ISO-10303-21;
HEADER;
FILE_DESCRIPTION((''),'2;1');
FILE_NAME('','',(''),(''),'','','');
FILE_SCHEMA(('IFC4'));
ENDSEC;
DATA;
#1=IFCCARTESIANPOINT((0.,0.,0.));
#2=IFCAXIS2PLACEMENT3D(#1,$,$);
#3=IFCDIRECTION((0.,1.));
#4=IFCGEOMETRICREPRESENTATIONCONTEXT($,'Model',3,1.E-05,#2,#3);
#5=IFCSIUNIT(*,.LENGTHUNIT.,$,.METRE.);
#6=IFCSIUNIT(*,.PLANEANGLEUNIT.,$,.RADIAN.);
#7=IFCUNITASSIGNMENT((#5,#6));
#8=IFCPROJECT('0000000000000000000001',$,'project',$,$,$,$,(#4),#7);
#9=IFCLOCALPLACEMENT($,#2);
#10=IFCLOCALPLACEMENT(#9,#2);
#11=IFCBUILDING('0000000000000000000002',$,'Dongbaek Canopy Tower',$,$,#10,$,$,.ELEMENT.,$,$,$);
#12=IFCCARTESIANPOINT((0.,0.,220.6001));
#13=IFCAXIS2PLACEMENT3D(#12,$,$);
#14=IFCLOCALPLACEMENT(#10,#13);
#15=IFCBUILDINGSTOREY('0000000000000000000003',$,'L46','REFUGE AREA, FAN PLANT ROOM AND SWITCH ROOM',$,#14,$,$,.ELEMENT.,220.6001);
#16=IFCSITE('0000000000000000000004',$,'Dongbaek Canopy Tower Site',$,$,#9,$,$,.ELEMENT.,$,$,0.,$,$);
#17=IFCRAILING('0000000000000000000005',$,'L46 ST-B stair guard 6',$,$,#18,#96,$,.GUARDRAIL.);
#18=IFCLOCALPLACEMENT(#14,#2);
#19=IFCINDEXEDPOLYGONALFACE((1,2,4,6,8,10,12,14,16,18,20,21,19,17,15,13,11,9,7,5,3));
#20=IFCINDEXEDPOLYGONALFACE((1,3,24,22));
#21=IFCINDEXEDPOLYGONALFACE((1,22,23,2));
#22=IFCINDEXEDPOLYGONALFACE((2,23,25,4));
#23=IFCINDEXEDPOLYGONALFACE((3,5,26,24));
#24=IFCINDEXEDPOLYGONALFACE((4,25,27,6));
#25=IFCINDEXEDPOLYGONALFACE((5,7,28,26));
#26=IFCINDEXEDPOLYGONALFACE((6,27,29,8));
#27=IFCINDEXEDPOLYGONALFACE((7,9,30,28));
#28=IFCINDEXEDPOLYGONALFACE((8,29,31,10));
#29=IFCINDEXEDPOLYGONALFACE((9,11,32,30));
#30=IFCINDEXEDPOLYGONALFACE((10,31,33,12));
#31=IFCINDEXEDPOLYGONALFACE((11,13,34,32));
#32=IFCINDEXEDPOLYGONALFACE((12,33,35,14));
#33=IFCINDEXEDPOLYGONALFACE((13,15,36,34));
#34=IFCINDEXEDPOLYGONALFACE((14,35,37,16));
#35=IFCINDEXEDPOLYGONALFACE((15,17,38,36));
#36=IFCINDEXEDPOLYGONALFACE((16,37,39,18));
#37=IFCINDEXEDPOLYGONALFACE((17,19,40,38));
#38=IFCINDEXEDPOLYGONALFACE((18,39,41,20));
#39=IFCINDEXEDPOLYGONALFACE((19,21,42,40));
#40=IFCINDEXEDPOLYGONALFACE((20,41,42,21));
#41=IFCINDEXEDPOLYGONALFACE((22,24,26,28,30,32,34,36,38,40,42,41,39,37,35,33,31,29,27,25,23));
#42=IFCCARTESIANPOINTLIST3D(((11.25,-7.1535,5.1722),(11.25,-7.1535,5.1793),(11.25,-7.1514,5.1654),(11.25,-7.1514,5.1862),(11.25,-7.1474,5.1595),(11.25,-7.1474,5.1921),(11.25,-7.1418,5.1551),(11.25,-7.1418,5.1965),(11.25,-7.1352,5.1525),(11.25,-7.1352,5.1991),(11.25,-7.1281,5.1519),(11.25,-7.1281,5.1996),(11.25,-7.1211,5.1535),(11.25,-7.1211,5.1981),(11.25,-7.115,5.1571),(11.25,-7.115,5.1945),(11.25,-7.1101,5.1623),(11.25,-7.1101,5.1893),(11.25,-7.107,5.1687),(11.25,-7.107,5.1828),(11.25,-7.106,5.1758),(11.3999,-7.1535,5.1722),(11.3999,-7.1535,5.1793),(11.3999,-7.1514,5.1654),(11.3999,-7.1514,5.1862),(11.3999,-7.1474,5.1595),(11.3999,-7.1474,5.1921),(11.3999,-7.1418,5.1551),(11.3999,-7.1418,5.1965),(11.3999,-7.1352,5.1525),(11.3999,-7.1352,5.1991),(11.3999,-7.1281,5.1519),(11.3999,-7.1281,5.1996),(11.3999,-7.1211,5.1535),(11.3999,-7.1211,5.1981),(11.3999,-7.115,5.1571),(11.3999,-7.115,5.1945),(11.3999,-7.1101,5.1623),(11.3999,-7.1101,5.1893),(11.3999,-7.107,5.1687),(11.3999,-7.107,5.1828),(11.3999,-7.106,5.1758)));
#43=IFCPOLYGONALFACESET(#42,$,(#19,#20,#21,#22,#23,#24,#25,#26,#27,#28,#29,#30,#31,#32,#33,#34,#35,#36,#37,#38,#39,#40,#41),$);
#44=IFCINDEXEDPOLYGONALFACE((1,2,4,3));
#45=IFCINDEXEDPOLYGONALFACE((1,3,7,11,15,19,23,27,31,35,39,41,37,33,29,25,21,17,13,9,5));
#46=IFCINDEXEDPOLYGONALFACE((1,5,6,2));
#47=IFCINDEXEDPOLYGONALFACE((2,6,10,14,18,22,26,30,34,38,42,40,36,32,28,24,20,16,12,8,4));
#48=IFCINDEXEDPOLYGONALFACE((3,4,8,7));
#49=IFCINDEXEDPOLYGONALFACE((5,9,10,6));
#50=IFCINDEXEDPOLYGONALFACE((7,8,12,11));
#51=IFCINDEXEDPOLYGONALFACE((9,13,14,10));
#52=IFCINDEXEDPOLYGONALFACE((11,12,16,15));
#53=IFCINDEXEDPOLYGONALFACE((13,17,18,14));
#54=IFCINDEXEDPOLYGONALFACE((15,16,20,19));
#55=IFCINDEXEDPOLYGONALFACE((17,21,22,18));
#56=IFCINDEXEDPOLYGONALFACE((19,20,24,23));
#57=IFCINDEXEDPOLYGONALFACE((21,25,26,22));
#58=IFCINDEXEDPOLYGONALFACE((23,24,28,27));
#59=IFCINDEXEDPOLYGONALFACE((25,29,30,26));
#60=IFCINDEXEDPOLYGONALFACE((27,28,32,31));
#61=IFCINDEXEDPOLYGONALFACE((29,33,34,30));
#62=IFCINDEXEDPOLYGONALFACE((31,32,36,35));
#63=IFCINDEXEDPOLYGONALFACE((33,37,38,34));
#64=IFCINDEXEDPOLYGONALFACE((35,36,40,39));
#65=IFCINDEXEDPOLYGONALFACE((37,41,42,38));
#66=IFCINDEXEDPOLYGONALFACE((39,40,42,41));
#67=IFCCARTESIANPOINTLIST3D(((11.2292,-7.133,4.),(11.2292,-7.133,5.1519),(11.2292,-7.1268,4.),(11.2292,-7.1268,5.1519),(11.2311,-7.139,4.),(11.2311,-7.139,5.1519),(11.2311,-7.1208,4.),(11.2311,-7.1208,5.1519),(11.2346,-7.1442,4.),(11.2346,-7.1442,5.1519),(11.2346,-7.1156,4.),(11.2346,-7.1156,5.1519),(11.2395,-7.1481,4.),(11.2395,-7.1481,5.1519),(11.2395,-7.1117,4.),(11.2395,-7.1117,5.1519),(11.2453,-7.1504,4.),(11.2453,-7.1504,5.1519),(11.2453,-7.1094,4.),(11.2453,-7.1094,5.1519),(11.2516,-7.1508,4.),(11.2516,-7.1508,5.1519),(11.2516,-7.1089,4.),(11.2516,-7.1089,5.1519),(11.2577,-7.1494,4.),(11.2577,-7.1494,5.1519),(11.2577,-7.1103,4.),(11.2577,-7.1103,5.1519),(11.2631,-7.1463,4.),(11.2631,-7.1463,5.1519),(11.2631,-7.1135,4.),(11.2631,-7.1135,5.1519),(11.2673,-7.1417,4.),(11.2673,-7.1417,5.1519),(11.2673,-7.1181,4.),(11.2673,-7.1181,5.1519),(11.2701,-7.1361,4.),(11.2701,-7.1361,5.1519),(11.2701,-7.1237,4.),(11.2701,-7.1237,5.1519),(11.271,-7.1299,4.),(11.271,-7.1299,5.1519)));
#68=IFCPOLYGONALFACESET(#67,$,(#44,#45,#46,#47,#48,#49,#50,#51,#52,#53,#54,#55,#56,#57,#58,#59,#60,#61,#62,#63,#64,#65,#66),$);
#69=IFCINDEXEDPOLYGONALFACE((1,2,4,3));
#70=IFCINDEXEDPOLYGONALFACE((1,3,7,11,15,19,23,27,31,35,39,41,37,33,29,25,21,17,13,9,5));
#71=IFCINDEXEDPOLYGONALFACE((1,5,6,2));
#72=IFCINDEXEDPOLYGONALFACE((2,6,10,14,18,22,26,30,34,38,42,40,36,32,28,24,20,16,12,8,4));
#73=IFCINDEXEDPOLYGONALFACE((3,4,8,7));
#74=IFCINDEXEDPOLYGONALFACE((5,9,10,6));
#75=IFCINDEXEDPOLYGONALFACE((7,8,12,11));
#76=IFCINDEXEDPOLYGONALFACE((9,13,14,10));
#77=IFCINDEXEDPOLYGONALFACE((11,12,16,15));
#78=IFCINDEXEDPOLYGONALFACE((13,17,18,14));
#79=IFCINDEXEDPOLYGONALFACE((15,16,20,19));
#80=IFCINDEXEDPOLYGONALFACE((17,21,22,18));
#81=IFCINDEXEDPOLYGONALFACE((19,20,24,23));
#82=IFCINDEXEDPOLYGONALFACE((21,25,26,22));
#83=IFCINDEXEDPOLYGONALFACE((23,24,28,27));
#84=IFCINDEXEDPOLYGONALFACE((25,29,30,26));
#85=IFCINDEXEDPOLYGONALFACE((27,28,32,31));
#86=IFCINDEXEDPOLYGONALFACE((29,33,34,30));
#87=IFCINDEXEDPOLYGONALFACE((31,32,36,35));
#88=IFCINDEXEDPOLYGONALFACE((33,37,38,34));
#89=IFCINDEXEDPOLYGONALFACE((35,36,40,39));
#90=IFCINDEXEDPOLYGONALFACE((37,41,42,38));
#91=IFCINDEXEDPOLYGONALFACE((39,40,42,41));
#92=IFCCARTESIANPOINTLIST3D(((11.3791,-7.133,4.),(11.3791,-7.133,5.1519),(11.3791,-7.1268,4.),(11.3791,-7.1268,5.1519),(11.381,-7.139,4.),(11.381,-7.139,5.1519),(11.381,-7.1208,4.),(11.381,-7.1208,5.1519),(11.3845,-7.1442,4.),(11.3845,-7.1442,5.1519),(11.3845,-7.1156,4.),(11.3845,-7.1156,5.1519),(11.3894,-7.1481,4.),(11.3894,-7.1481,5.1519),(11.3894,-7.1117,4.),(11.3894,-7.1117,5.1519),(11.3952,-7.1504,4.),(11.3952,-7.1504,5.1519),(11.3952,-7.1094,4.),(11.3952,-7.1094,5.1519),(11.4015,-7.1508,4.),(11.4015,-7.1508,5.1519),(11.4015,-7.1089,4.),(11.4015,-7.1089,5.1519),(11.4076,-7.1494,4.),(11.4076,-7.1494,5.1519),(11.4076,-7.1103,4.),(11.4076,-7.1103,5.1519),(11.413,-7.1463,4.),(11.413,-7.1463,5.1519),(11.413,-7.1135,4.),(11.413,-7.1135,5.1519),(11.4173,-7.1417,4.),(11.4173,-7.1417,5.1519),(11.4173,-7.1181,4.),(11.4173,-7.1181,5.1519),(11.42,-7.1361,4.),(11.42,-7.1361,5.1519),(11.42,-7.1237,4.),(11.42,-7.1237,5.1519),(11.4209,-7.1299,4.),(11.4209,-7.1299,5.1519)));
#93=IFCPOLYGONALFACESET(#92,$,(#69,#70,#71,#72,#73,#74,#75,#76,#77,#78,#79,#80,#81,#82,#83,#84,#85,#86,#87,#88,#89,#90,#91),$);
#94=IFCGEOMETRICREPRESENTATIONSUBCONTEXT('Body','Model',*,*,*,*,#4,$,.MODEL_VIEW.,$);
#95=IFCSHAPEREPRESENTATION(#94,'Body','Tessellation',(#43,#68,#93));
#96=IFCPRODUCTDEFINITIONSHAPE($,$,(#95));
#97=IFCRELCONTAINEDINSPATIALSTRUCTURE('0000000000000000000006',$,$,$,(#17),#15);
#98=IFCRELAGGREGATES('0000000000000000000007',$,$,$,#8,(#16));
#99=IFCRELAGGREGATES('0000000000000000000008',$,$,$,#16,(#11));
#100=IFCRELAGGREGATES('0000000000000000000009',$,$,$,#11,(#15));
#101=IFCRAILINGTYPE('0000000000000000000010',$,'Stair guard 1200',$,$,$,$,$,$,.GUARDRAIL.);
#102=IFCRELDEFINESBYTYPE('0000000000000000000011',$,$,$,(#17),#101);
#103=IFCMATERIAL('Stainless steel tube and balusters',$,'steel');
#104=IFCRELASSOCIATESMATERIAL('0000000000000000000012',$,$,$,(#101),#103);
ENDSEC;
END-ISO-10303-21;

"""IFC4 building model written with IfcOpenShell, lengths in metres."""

from ifc_helpers import new_model, si_unit, direction, frame, origin, origin_2d, place, context, subcontext, project, spatial, circle, extrude, material, type_object, element, save


model = new_model("IFC4")

# Units and contexts
model_context = context("Model", 3, precision=1e-05, world=origin(), true_north=direction((0.0, 1.0)))
body_context = subcontext(model_context, "Body", "Model", "MODEL_VIEW")
ifc_project = project(units=[si_unit("LENGTHUNIT", "METRE"), si_unit("PLANEANGLEUNIT", "RADIAN")], contexts=[model_context])

# Site, building, storey
site_placement = place(None, origin())
site = spatial("IfcSite", under=ifc_project, at=site_placement, Name="Dongbaek Canopy Tower Site", CompositionType="ELEMENT", RefElevation=0.0)
building_placement = place(site_placement, origin())
building = spatial("IfcBuilding", under=site, at=building_placement, Name="Dongbaek Canopy Tower", CompositionType="ELEMENT")
storey_placement = place(building_placement, frame((0.0, 0.0, 220.6001)))
storey = spatial("IfcBuildingStorey", under=building, at=storey_placement, Name="L46", Description="REFUGE AREA, FAN PLANT ROOM AND SWITCH ROOM", CompositionType="ELEMENT", Elevation=220.6001)

# Railing
ifc_material_1 = material(Name="Stainless steel tube and balusters", Category="steel")
railing_type = type_object("IfcRailingType", Name="Stair guard 1200", PredefinedType="GUARDRAIL", material=ifc_material_1)
railing_1_placement = place(storey_placement, frame((11.25, -7.1299, 4.0)))
element("IfcRailing", 1, at=railing_1_placement, inside=storey, type_object=railing_type, Name="L46 ST-B stair guard 6", PredefinedType="GUARDRAIL", context=body_context, shape_type="SweptSolid", body=[
    extrude(circle(Radius=0.0239, at=origin_2d()), frame((0.0, 0.0, 1.1758), z_axis=(1.0, 0.0, 0.0), x_axis=(0.0, 1.0, 0.0)), (0.0, 0.0, 1.0), 0.1499),
    extrude(circle(Radius=0.021, at=origin_2d()), origin(), (0.0, 0.0, 1.0), 1.1519),
    extrude(circle(Radius=0.021, at=origin_2d()), frame((0.1499, 0.0, 0.0)), (0.0, 0.0, 1.0), 1.1519),
])

save(model, "model.ifc")
